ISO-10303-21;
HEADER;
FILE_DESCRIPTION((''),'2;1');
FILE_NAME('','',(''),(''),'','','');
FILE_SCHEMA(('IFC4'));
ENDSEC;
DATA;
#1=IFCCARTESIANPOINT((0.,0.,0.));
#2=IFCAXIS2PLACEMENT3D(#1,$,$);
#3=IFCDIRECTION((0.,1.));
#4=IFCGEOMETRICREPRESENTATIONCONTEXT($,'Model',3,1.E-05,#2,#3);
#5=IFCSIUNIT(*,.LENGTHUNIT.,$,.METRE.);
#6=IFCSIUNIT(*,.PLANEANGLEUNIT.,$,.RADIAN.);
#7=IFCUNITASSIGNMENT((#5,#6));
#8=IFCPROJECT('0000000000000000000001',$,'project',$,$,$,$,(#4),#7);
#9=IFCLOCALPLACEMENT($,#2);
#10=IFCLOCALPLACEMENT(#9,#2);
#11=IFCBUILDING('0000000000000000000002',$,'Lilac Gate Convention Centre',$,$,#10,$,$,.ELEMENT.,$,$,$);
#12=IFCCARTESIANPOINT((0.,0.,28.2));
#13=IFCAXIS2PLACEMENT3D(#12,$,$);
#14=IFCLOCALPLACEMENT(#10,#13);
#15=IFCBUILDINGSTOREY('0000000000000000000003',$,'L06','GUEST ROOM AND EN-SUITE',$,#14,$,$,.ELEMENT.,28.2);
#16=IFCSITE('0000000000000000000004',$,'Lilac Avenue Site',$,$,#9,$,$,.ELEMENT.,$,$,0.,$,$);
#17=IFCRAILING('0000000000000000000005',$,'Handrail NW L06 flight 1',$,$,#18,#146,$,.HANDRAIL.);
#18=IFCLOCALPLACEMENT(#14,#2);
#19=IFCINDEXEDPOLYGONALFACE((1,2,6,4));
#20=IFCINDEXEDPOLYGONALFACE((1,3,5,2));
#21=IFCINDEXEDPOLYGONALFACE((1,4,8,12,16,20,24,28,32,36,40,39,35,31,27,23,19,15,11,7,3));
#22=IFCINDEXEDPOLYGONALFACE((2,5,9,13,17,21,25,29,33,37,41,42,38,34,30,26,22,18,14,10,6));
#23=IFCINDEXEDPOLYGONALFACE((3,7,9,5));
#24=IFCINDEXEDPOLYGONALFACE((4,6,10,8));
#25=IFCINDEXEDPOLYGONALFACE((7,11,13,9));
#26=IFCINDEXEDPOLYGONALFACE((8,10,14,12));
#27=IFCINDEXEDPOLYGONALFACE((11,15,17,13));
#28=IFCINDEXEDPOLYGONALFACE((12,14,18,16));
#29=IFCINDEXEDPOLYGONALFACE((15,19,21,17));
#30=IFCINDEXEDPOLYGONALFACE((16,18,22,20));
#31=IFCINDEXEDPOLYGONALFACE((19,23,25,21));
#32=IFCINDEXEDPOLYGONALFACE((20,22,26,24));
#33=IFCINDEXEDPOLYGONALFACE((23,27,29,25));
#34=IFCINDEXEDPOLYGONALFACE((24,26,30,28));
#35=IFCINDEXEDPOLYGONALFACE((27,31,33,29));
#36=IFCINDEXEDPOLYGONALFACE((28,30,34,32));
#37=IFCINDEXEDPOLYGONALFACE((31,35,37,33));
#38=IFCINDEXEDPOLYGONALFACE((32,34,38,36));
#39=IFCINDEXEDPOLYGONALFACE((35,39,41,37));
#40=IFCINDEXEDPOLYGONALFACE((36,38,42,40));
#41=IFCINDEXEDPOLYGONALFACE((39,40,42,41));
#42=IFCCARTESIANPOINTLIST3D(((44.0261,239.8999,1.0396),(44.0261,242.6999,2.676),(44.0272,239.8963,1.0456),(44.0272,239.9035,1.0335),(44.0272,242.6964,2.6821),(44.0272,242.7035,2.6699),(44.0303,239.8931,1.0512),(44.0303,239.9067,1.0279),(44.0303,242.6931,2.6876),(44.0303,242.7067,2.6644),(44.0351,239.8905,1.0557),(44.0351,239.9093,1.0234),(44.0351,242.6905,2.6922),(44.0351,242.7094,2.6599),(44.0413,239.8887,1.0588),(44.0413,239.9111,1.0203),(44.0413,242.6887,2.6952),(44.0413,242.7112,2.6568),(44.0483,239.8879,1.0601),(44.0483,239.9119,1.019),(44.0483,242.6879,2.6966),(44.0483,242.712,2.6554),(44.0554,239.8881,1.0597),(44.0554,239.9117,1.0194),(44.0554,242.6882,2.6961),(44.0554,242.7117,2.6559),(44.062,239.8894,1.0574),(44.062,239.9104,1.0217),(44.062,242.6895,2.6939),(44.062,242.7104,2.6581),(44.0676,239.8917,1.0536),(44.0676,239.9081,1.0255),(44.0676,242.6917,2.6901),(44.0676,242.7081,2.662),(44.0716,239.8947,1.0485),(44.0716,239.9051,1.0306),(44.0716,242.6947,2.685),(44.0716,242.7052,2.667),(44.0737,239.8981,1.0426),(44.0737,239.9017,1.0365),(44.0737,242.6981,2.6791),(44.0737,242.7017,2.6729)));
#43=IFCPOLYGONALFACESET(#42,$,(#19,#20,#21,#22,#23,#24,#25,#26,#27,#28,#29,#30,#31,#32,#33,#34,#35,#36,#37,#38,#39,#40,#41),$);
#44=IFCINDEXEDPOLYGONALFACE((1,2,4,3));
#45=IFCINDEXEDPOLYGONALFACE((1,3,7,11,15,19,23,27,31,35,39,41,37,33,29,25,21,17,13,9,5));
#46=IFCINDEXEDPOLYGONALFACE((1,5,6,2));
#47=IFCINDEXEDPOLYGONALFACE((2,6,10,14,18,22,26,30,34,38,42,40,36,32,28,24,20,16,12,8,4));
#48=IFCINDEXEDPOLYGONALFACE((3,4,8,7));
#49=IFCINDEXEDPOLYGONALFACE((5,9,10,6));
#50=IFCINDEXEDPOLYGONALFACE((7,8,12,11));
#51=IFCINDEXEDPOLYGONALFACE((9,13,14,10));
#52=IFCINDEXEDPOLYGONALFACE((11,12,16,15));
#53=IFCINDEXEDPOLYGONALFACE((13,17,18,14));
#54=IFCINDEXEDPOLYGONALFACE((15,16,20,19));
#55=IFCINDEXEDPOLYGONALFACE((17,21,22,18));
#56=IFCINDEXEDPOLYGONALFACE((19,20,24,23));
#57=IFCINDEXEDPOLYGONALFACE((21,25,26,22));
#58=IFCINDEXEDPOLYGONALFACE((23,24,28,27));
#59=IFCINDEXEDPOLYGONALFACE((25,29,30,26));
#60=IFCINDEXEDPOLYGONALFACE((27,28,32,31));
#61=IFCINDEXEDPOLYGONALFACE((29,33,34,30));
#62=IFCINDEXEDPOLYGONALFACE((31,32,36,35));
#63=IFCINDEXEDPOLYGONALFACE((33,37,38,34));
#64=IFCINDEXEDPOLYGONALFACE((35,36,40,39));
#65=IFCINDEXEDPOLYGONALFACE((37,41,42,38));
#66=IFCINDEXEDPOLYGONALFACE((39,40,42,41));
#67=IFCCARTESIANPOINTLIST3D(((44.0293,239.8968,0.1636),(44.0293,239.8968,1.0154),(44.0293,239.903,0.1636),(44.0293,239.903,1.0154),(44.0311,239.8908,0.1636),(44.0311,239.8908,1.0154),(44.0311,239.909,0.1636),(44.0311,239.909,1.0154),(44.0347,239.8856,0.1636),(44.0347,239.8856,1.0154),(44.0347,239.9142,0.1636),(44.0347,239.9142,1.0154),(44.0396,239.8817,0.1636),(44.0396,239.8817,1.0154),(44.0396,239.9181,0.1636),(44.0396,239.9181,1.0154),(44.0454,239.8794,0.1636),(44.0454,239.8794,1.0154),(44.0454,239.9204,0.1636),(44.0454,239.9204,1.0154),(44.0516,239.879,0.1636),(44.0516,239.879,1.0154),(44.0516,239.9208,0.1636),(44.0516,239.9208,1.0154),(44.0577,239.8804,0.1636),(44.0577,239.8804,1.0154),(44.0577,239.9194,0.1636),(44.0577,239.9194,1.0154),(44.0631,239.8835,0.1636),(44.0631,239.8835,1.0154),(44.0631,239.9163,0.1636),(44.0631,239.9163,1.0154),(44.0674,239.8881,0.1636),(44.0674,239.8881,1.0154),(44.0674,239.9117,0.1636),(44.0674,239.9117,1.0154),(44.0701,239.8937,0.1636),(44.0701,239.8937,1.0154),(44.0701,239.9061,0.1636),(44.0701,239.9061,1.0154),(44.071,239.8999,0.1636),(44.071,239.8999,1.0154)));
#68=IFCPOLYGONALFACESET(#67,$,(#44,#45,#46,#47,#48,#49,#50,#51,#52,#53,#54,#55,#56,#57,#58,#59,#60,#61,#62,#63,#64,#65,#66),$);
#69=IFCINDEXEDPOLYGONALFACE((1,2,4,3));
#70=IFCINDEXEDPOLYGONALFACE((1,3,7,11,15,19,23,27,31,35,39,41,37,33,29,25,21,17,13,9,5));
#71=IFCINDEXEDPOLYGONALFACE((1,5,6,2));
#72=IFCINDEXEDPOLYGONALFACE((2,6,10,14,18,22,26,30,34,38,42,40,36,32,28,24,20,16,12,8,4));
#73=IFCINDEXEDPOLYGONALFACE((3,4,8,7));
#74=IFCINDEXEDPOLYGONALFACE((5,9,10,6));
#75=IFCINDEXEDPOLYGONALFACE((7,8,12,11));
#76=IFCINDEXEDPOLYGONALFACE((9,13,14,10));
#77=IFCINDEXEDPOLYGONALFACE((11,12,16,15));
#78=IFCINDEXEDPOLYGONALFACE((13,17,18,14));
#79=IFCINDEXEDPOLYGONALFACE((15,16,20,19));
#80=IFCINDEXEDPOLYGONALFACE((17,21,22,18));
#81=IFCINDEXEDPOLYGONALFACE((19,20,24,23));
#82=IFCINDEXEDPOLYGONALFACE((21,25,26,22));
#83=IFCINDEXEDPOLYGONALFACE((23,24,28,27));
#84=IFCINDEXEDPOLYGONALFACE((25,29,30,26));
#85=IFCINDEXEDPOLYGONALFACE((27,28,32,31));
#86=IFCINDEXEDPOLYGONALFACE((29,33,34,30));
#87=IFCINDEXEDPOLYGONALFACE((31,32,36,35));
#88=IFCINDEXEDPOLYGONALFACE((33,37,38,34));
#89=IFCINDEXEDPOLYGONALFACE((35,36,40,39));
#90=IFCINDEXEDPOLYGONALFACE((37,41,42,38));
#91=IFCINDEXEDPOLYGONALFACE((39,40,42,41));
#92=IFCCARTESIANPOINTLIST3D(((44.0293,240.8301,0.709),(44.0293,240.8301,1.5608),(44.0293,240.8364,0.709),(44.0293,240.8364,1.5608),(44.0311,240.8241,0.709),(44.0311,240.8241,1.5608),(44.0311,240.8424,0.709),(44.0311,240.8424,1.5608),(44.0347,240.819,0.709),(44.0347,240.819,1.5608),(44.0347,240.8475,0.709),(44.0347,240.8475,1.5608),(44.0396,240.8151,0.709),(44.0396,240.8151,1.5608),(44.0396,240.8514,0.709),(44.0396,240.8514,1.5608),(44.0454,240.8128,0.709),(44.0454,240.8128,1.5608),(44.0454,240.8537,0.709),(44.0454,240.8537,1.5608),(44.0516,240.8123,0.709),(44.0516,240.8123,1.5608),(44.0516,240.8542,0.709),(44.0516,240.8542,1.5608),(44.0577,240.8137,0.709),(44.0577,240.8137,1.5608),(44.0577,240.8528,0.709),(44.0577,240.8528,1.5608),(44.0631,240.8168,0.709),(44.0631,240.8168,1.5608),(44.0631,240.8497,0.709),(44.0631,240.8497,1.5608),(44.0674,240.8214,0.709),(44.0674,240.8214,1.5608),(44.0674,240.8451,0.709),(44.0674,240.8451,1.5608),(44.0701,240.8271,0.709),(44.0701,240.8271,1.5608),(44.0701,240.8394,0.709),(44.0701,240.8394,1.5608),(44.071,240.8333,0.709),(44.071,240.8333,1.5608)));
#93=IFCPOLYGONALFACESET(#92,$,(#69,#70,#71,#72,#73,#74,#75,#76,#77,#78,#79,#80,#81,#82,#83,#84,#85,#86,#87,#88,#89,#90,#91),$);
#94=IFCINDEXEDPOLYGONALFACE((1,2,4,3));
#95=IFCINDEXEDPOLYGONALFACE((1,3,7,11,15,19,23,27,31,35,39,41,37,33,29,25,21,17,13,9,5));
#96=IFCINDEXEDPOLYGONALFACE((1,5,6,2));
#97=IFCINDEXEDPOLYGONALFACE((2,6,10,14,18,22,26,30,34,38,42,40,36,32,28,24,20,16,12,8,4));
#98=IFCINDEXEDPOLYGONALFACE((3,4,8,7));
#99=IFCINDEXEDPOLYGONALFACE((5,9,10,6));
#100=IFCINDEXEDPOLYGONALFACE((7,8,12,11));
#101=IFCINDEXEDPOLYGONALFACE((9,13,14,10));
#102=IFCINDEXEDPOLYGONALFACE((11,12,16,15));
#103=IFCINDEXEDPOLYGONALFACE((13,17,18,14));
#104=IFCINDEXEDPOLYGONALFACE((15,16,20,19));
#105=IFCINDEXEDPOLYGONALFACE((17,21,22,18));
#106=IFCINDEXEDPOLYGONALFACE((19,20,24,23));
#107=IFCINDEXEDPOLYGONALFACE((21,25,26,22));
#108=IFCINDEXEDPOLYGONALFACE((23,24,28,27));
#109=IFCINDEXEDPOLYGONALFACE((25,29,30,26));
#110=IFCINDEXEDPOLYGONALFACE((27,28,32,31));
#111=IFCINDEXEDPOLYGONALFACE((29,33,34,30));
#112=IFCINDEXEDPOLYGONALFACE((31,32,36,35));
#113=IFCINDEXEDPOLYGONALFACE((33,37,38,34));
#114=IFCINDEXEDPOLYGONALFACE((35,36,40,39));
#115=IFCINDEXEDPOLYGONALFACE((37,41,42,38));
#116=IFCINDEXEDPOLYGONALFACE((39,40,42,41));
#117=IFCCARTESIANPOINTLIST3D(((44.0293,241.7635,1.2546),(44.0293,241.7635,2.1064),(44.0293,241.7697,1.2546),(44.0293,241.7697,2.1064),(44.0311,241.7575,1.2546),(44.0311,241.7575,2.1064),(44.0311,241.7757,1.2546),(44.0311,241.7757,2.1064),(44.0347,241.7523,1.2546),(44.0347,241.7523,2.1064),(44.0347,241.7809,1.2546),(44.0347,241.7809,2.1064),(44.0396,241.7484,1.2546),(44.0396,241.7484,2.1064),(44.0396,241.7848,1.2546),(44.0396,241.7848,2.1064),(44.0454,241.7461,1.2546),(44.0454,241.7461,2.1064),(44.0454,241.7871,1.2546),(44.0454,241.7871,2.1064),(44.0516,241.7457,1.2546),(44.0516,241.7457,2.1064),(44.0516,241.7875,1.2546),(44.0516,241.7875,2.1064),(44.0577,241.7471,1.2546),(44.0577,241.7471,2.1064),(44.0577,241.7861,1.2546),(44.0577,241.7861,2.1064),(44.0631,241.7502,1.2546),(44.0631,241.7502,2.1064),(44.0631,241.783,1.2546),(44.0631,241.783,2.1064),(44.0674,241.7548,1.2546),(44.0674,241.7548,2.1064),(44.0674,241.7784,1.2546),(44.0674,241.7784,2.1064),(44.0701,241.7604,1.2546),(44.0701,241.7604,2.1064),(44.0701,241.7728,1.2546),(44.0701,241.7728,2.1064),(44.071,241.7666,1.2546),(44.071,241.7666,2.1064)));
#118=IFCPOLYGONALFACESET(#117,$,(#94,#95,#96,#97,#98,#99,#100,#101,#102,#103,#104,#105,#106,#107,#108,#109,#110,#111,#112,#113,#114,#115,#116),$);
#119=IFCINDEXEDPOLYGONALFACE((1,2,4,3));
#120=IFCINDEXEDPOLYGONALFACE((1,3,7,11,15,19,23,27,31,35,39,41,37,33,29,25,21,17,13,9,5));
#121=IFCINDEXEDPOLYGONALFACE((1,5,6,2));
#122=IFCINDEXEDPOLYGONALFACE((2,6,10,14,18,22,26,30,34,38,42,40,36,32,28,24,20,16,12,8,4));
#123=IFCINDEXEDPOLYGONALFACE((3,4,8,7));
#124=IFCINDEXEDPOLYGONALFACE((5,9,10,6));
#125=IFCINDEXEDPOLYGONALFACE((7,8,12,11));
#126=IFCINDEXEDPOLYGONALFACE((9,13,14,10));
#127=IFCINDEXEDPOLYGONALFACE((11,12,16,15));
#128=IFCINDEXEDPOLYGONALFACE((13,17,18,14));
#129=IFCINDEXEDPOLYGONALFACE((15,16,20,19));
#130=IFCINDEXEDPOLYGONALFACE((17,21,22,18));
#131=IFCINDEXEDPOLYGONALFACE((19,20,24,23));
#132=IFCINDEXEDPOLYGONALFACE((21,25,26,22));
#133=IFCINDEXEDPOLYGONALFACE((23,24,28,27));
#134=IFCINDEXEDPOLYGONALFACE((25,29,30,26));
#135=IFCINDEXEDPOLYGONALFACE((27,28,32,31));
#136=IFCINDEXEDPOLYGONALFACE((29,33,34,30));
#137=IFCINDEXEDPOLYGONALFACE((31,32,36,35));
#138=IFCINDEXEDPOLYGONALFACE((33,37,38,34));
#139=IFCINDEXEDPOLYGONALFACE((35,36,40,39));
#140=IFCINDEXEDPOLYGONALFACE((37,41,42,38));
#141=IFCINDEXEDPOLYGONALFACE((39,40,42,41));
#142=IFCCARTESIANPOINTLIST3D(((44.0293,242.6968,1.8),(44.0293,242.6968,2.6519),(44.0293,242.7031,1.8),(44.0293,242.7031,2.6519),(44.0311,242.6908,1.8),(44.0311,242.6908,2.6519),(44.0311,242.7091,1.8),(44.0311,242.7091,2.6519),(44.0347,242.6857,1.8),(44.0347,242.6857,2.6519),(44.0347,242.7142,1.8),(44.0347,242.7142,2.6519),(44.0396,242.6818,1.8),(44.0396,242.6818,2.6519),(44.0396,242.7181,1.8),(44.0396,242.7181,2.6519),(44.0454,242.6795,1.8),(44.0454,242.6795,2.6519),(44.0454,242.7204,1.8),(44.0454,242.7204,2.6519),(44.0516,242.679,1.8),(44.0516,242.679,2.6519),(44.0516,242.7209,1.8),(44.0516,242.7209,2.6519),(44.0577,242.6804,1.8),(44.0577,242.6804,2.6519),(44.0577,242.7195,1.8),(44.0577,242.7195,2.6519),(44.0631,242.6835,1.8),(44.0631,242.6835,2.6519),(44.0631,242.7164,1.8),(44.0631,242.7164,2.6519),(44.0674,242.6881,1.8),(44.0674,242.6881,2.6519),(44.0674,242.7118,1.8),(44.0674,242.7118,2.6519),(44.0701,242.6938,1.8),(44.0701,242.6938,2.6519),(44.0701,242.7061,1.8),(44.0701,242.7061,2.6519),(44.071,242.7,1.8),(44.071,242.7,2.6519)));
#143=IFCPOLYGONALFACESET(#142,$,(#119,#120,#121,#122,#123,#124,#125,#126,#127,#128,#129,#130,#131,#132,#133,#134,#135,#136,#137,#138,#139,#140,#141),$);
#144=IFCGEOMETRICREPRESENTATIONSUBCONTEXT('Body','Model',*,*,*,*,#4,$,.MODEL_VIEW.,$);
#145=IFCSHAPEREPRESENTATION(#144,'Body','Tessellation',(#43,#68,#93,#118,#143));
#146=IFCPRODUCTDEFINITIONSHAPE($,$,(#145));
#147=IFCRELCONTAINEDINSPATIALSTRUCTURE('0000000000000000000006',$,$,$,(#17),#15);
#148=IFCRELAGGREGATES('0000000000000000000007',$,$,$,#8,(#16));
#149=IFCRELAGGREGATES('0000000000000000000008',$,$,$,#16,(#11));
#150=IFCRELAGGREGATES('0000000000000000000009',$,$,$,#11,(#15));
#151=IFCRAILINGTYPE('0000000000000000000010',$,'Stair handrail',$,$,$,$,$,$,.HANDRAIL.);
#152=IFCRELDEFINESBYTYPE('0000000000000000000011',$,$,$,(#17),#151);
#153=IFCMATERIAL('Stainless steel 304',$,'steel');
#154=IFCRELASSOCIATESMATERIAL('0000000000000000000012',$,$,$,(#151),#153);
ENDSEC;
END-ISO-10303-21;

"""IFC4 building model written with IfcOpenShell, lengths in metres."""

from ifc_helpers import new_model, si_unit, direction, frame, origin, origin_2d, place, context, subcontext, project, spatial, circle, extrude, material, type_object, element, save


model = new_model("IFC4")

# Units and contexts
model_context = context("Model", 3, precision=1e-05, world=origin(), true_north=direction((0.0, 1.0)))
body_context = subcontext(model_context, "Body", "Model", "MODEL_VIEW")
ifc_project = project(units=[si_unit("LENGTHUNIT", "METRE"), si_unit("PLANEANGLEUNIT", "RADIAN")], contexts=[model_context])

# Site, building, storey
site_placement = place(None, origin())
site = spatial("IfcSite", under=ifc_project, at=site_placement, Name="Lilac Avenue Site", CompositionType="ELEMENT", RefElevation=0.0)
building_placement = place(site_placement, origin())
building = spatial("IfcBuilding", under=site, at=building_placement, Name="Lilac Gate Convention Centre", CompositionType="ELEMENT")
storey_placement = place(building_placement, frame((0.0, 0.0, 28.2)))
storey = spatial("IfcBuildingStorey", under=building, at=storey_placement, Name="L06", Description="GUEST ROOM AND EN-SUITE", CompositionType="ELEMENT", Elevation=28.2)

# Railing
ifc_material_1 = material(Name="Stainless steel 304", Category="steel")
railing_type = type_object("IfcRailingType", Name="Stair handrail", PredefinedType="HANDRAIL", material=ifc_material_1)
for number, where, name in (
    (1, (44.05, 239.8999, 0.1636), "Handrail NW L06 flight 1"),
):
    element("IfcRailing", number, at=place(storey_placement, frame(where)), inside=storey, type_object=railing_type, Name=name, PredefinedType="HANDRAIL", context=body_context, shape_type="SweptSolid", body=[
        extrude(circle(Radius=0.0239, at=origin_2d()), frame((0.0, 0.0, 0.876), z_axis=(0.0, 0.863361, 0.504587), x_axis=(-1.0, 0.0, 0.0)), (0.0, 0.0, 1.0), 3.2432),
        extrude(circle(Radius=0.021, at=origin_2d()), origin(), (0.0, 0.0, 1.0), 0.8518),
        extrude(circle(Radius=0.021, at=origin_2d()), frame((0.0, 0.9333, 0.5454)), (0.0, 0.0, 1.0), 0.8518),
        extrude(circle(Radius=0.021, at=origin_2d()), frame((0.0, 1.8667, 1.0911)), (0.0, 0.0, 1.0), 0.8518),
        extrude(circle(Radius=0.021, at=origin_2d()), frame((0.0, 2.8, 1.6365)), (0.0, 0.0, 1.0), 0.8518),
    ])

save(model, "model.ifc")
